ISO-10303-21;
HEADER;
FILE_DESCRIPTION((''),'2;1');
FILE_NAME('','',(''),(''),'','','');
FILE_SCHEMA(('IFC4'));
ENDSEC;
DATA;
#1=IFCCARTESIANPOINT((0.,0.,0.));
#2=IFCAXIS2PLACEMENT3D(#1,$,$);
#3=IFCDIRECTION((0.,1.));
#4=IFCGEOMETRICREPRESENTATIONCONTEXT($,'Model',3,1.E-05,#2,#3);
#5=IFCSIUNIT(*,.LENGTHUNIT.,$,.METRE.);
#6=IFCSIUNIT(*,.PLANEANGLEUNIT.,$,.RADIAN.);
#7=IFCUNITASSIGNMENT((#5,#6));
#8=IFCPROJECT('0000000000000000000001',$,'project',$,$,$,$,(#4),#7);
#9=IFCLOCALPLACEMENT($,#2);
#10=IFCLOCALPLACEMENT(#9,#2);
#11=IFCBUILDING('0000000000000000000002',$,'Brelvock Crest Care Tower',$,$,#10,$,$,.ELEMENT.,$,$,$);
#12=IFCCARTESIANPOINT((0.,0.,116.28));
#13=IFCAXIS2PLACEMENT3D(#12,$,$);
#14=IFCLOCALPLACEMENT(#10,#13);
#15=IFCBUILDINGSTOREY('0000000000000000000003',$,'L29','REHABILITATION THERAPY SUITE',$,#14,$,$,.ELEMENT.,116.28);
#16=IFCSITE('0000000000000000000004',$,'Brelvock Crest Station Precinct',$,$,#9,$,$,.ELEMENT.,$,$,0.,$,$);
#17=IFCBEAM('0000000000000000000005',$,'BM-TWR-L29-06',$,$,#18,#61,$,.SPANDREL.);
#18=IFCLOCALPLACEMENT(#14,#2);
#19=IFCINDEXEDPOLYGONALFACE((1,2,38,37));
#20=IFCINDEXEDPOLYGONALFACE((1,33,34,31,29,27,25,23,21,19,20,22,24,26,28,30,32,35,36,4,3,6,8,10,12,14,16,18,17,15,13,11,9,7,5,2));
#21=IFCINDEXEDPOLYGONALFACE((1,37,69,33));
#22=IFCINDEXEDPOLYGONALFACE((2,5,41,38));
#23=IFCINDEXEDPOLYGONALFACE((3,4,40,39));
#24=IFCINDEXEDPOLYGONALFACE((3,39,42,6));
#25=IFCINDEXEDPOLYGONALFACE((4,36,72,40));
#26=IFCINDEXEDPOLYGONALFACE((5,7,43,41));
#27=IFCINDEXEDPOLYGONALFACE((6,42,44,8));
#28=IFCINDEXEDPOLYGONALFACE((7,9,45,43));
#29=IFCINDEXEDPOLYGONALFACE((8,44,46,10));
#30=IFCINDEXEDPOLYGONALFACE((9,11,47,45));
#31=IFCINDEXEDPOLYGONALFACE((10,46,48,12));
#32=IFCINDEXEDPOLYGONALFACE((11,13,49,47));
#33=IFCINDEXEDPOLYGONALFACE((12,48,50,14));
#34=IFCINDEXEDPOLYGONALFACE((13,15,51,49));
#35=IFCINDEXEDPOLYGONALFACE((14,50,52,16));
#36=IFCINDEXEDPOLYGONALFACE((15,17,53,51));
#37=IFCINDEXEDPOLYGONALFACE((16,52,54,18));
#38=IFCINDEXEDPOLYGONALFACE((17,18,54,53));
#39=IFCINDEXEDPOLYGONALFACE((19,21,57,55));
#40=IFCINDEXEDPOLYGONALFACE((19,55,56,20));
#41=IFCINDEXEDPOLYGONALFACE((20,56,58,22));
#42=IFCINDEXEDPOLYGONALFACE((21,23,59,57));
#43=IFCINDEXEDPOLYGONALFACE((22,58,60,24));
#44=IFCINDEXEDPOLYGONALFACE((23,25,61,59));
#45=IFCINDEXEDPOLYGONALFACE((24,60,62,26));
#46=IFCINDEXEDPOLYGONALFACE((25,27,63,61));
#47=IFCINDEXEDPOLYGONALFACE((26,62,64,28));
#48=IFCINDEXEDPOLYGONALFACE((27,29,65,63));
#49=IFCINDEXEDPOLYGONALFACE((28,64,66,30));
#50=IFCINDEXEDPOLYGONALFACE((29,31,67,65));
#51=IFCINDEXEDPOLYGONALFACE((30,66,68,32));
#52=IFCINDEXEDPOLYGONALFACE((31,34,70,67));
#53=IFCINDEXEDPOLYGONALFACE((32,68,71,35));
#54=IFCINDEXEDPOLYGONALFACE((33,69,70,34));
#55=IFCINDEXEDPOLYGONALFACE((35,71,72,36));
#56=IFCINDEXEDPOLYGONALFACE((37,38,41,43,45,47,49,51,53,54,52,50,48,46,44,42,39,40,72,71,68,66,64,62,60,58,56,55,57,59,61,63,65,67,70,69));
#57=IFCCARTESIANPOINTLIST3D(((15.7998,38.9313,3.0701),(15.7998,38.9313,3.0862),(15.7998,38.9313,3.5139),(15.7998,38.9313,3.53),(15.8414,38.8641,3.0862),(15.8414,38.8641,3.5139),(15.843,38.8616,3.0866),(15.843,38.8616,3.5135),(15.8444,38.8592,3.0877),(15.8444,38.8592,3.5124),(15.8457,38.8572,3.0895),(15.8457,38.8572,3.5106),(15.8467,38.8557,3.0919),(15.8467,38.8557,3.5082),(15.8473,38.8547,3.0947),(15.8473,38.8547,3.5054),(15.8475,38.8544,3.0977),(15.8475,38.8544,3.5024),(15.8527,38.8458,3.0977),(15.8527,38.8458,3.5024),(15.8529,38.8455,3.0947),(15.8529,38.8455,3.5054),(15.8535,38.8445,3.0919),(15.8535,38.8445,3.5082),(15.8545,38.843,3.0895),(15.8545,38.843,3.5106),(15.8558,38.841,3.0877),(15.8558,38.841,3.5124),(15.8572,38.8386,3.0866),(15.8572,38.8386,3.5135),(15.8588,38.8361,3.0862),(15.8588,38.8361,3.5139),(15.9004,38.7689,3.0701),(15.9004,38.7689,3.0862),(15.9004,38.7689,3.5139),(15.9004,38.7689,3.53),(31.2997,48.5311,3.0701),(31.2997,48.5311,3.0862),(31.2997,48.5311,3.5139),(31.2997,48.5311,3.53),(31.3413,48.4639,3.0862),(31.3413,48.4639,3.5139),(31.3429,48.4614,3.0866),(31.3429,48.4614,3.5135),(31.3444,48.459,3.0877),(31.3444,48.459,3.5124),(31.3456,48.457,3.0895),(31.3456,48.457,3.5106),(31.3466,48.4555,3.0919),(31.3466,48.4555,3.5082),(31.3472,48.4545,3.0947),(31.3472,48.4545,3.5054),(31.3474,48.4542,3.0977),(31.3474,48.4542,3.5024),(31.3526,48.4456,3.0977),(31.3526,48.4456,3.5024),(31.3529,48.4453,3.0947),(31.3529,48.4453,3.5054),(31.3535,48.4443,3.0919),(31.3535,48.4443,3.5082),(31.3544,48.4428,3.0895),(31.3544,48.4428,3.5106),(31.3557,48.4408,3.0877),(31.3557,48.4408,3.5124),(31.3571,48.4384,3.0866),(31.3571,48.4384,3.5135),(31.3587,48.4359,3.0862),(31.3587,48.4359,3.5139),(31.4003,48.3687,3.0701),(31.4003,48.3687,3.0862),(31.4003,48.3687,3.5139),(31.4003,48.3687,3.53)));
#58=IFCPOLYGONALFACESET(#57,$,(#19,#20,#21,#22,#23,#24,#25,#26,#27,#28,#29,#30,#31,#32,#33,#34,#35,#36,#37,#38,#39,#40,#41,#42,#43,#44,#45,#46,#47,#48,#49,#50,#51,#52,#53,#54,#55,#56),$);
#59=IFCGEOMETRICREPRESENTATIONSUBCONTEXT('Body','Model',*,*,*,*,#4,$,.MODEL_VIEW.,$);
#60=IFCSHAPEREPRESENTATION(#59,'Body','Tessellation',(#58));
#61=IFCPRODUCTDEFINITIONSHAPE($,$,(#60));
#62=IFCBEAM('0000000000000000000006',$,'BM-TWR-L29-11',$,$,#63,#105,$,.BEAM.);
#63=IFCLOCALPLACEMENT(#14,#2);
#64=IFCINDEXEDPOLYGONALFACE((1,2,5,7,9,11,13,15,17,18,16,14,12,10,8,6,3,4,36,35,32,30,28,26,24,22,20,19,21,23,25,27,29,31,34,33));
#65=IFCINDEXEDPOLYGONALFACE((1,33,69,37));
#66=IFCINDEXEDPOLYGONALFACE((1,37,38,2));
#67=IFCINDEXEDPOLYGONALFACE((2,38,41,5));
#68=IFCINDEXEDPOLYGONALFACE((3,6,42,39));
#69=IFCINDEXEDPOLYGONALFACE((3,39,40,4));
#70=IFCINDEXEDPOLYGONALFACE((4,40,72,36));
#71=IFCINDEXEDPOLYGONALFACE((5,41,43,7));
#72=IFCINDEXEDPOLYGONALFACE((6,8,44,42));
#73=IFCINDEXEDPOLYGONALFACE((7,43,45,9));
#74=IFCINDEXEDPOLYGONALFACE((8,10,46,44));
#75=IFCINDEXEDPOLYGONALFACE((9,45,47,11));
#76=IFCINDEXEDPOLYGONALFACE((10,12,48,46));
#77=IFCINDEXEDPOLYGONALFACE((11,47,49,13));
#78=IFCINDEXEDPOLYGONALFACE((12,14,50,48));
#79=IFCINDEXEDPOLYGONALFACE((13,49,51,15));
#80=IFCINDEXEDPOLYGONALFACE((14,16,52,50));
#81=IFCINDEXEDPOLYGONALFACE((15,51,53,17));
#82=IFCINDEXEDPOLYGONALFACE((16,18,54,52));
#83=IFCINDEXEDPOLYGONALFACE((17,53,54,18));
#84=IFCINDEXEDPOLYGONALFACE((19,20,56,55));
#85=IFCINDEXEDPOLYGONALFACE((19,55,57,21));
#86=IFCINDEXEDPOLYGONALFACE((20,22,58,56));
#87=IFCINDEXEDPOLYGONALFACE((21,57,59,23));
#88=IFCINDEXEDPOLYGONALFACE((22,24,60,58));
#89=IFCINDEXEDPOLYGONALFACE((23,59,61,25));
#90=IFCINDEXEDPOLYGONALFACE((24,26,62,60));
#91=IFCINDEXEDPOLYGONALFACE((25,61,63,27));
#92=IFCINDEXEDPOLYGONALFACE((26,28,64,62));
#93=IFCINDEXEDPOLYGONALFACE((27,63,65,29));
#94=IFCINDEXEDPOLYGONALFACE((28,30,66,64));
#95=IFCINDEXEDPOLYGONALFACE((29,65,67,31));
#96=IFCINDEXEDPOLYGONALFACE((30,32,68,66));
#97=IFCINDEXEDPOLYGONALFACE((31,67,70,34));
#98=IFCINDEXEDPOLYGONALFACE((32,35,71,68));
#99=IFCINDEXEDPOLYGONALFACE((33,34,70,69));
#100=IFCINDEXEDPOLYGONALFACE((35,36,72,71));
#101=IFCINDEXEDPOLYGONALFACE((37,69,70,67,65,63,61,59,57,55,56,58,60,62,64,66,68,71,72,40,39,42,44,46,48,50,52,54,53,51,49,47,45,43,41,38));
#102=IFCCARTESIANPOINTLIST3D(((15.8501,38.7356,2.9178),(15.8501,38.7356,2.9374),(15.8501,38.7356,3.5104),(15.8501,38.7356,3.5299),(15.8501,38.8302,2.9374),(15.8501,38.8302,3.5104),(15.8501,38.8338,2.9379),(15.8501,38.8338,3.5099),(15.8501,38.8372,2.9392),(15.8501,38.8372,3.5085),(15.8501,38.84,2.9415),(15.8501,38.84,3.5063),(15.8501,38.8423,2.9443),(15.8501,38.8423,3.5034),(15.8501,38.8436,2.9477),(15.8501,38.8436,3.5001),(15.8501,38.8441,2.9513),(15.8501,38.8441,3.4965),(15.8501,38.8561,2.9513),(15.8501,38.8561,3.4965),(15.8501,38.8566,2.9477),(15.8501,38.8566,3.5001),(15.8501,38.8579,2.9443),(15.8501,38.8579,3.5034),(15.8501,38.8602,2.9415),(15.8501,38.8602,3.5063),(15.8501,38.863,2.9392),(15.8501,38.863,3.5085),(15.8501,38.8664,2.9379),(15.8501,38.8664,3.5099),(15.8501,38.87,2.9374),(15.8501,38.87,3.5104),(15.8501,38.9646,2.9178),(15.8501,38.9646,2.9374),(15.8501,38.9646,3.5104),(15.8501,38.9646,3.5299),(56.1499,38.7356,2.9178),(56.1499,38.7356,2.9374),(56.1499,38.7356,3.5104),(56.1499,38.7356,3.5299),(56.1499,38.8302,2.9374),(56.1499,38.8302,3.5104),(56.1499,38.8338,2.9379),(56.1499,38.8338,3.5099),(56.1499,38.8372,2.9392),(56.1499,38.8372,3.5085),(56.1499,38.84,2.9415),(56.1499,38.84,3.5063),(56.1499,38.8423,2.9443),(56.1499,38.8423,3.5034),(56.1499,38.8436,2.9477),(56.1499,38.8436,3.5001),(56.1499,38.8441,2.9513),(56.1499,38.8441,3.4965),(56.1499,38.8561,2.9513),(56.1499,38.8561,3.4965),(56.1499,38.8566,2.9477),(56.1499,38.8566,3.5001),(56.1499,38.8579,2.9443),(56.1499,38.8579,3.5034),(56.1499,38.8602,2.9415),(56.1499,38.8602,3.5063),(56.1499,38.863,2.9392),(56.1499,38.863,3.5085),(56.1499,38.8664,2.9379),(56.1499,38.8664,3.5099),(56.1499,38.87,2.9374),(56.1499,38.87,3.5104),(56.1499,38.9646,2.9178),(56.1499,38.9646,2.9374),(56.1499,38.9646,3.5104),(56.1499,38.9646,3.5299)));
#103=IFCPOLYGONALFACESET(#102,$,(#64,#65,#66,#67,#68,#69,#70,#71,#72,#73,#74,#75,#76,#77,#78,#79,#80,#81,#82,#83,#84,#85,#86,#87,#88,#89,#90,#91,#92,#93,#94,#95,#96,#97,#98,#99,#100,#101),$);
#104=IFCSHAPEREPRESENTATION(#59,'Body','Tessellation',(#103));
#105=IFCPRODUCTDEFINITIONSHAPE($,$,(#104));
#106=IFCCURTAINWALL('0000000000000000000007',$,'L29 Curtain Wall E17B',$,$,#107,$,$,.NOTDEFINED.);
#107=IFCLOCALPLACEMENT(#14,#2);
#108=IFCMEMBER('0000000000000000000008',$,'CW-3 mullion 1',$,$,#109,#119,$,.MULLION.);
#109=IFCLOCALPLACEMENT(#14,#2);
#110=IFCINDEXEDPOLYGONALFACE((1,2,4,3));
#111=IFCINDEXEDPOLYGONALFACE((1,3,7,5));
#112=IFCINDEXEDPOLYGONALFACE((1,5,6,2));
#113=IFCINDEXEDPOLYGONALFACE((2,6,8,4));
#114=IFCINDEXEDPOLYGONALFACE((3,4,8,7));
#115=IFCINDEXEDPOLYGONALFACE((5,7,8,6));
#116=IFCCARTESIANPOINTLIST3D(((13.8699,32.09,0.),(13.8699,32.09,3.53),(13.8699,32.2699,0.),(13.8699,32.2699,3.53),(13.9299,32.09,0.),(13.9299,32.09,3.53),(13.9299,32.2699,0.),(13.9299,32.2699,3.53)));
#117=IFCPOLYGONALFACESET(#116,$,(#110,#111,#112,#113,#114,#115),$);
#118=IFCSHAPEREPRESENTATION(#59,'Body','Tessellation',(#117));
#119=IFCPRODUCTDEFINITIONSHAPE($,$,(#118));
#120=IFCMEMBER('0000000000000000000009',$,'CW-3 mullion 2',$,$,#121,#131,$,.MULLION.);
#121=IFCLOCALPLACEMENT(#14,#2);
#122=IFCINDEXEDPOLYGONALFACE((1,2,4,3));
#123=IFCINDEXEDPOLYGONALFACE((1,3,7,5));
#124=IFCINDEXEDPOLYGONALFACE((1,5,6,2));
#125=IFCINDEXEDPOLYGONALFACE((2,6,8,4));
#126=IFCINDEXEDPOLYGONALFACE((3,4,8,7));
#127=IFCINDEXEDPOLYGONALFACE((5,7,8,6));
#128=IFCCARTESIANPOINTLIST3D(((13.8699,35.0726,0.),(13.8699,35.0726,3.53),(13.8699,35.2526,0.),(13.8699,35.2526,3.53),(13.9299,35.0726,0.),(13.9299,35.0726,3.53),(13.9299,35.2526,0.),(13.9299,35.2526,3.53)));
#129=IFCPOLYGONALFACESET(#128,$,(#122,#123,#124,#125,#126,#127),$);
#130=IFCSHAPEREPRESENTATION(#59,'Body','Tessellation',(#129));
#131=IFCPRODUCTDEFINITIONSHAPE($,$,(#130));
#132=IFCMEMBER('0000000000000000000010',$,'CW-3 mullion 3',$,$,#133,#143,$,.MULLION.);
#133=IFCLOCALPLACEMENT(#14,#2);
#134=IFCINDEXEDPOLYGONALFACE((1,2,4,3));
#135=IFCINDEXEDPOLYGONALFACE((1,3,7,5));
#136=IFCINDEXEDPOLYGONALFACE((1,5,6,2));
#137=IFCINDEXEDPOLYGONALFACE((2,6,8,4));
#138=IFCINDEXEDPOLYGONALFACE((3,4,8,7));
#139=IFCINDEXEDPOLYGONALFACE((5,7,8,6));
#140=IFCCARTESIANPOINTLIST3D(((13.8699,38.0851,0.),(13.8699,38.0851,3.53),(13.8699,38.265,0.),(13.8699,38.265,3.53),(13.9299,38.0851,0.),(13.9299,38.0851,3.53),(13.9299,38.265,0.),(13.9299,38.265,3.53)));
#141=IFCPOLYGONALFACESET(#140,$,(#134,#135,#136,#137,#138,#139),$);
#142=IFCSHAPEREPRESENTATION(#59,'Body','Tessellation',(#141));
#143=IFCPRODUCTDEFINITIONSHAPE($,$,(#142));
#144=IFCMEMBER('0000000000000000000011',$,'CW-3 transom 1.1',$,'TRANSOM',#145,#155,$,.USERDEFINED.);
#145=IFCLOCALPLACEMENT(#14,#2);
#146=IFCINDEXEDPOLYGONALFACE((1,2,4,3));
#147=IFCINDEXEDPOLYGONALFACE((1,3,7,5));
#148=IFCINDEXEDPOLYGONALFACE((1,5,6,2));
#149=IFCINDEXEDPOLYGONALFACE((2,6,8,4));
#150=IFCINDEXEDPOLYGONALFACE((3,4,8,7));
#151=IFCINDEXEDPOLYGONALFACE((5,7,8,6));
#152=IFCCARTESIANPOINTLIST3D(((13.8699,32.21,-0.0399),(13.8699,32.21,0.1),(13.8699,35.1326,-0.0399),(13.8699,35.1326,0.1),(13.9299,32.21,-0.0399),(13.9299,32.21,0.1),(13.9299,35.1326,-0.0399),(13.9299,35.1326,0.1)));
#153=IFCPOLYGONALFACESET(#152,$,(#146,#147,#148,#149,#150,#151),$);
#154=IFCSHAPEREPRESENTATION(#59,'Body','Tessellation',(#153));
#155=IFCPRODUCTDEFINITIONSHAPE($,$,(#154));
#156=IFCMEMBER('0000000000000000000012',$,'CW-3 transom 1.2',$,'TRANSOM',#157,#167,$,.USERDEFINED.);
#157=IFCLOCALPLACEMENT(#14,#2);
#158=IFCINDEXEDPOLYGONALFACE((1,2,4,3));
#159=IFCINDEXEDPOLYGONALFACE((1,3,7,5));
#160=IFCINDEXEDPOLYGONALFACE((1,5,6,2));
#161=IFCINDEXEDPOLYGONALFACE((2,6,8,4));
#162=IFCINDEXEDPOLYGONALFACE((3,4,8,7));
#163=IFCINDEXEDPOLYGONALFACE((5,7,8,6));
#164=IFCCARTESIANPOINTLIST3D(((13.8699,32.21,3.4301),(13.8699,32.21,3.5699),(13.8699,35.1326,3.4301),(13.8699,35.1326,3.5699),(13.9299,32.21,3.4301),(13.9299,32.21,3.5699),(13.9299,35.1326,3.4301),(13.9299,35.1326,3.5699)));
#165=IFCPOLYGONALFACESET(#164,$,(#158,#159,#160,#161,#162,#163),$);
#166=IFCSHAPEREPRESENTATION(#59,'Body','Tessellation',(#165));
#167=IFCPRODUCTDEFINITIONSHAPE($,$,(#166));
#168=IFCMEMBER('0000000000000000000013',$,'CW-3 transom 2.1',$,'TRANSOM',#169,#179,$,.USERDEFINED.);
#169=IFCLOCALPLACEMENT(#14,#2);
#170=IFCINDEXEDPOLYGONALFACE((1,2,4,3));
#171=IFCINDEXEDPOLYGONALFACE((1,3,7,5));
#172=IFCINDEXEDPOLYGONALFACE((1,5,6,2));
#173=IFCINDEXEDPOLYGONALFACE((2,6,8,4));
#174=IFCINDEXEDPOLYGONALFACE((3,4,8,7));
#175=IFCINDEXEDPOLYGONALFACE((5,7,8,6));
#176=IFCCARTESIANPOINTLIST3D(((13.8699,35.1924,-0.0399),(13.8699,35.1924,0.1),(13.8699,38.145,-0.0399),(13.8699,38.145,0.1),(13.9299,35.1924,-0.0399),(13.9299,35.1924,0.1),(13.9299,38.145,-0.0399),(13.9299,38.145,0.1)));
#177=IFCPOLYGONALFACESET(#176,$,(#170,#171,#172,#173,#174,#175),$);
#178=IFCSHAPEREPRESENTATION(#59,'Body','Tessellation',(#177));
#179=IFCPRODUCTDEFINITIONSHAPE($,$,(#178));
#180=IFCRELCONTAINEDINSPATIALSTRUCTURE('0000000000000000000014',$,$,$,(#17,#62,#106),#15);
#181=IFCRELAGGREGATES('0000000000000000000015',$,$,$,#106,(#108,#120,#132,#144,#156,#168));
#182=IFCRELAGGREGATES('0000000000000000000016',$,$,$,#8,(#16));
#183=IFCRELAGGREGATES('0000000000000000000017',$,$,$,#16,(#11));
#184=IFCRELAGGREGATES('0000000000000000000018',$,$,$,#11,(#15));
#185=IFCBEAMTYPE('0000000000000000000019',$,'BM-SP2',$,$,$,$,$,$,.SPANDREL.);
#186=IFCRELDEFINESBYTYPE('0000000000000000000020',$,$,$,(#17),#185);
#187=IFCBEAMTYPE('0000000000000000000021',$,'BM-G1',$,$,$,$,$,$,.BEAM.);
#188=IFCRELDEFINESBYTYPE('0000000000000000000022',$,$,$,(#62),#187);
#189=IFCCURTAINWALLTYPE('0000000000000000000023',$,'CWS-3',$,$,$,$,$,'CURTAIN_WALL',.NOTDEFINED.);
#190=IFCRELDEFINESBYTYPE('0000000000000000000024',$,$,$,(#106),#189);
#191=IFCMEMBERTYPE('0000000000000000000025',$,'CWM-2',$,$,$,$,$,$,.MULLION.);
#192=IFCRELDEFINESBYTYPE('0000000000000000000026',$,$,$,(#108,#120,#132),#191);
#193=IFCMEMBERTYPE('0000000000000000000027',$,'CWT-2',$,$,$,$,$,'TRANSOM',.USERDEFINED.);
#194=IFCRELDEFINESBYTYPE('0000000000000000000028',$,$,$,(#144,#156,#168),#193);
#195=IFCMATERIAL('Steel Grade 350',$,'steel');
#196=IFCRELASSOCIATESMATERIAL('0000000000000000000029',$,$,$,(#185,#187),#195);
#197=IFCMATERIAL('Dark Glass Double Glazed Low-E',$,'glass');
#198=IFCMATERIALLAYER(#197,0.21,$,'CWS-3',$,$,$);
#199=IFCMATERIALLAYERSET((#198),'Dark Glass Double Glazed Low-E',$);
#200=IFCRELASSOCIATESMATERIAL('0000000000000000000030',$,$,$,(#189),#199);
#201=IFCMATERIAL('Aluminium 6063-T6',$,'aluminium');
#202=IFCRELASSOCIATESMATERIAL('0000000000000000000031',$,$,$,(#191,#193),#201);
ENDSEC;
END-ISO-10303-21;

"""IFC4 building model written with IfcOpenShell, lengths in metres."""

from ifc_helpers import new_model, si_unit, direction, frame, origin, origin_2d, place, context, subcontext, project, spatial, rectangle, i_section, extrude, source, transform, mapped, material, layer, layer_set, material_profile, profile_set, type_object, element, aggregate, save


model = new_model("IFC4")

# Units and contexts
model_context = context("Model", 3, precision=1e-05, world=origin(), true_north=direction((0.0, 1.0)))
body_context = subcontext(model_context, "Body", "Model", "MODEL_VIEW")
ifc_project = project(units=[si_unit("LENGTHUNIT", "METRE"), si_unit("PLANEANGLEUNIT", "RADIAN")], contexts=[model_context])

# Site, building, storey
site_placement = place(None, origin())
site = spatial("IfcSite", under=ifc_project, at=site_placement, Name="Brelvock Crest Station Precinct", CompositionType="ELEMENT", RefElevation=0.0)
building_placement = place(site_placement, origin())
building = spatial("IfcBuilding", under=site, at=building_placement, Name="Brelvock Crest Care Tower", CompositionType="ELEMENT")
storey_placement = place(building_placement, frame((0.0, 0.0, 116.28)))
storey = spatial("IfcBuildingStorey", under=building, at=storey_placement, Name="L29", Description="REHABILITATION THERAPY SUITE", CompositionType="ELEMENT", Elevation=116.28)

# Shared definitions
ifc_material_1 = material(Name="Steel Grade 350", Category="steel")

# Beams
ifc_material_profile_1 = material_profile(ifc_material_1, i_section(OverallWidth=0.1909, OverallDepth=0.46, WebThickness=0.01, FlangeThickness=0.0161, FilletRadius=0.0115, at=origin_2d()), Name="460UB82.1")
ifc_profile_set_1 = profile_set([ifc_material_profile_1], Name="Steel Grade 350")
beam_type_1 = type_object("IfcBeamType", Name="BM-SP2", PredefinedType="SPANDREL", material=ifc_profile_set_1)
shared_shape_1 = source(origin(), body_context, "Body", "SweptSolid", [
    extrude(i_section(OverallWidth=0.1909, OverallDepth=0.46, WebThickness=0.01, FlangeThickness=0.0161, FilletRadius=0.0115, at=origin_2d()), origin(), (0.0, 0.0, 1.0), 18.2319),
])
beam_1_placement = place(storey_placement, frame((15.8501, 38.8501, 3.3), z_axis=(0.850152, 0.526538, 0.0), x_axis=(-0.526538, 0.850152, 0.0)))
element("IfcBeam", 1, at=beam_1_placement, inside=storey, type_object=beam_type_1, Name="BM-TWR-L29-06", PredefinedType="SPANDREL", context=body_context, shape_type="MappedRepresentation", body=[
    mapped(shared_shape_1, transform((0.0, 0.0, 0.0), x_axis=(1.0, 0.0, 0.0), y_axis=(0.0, 1.0, 0.0), z_axis=(0.0, 0.0, 1.0), scale=1.0)),
])
ifc_material_profile_2 = material_profile(ifc_material_1, i_section(OverallWidth=0.229, OverallDepth=0.6121, WebThickness=0.012, FlangeThickness=0.0195, FilletRadius=0.0139, at=origin_2d()), Name="610UB125")
ifc_profile_set_2 = profile_set([ifc_material_profile_2], Name="Steel Grade 350")
beam_type_2 = type_object("IfcBeamType", Name="BM-G1", PredefinedType="BEAM", material=ifc_profile_set_2)
shared_shape_2 = source(origin(), body_context, "Body", "SweptSolid", [
    extrude(i_section(OverallWidth=0.229, OverallDepth=0.6121, WebThickness=0.012, FlangeThickness=0.0195, FilletRadius=0.0139, at=origin_2d()), origin(), (0.0, 0.0, 1.0), 40.2998),
])
beam_2_placement = place(storey_placement, frame((15.8501, 38.8501, 3.2239), z_axis=(1.0, 0.0, 0.0), x_axis=(0.0, 1.0, 0.0)))
element("IfcBeam", 2, at=beam_2_placement, inside=storey, type_object=beam_type_2, Name="BM-TWR-L29-11", PredefinedType="BEAM", context=body_context, shape_type="MappedRepresentation", body=[
    mapped(shared_shape_2, transform((0.0, 0.0, 0.0), x_axis=(1.0, 0.0, 0.0), y_axis=(0.0, 1.0, 0.0), z_axis=(0.0, 0.0, 1.0), scale=1.0)),
])

# Curtain wall, members
ifc_material_2 = material(Name="Dark Glass Double Glazed Low-E", Category="glass")
ifc_layer_1 = layer(ifc_material_2, 0.21, Name="CWS-3")
ifc_layer_set_1 = layer_set([ifc_layer_1], Name="Dark Glass Double Glazed Low-E")
curtain_wall_type = type_object("IfcCurtainWallType", Name="CWS-3", ElementType="CURTAIN_WALL", PredefinedType="NOTDEFINED", material=ifc_layer_set_1)
curtain_wall_placement = place(storey_placement, origin())
curtain_wall = element("IfcCurtainWall", 3, at=curtain_wall_placement, inside=storey, type_object=curtain_wall_type, Name="L29 Curtain Wall E17B", PredefinedType="NOTDEFINED")
ifc_material_3 = material(Name="Aluminium 6063-T6", Category="aluminium")
ifc_material_profile_3 = material_profile(ifc_material_3, rectangle(XDim=0.0601, YDim=0.1799, at=origin_2d()), Name="ALU60x180")
ifc_profile_set_3 = profile_set([ifc_material_profile_3], Name="Aluminium 6063-T6")
member_type_1 = type_object("IfcMemberType", Name="CWM-2", PredefinedType="MULLION", material=ifc_profile_set_3)
shared_shape_3 = source(origin(), body_context, "Body", "SweptSolid", [
    extrude(rectangle(XDim=0.0601, YDim=0.1799, at=origin_2d()), origin(), (0.0, 0.0, 1.0), 3.53),
])
member_1_placement = place(storey_placement, frame((13.8999, 32.1799, 0.0), z_axis=(0.0, 0.0, 1.0), x_axis=(-1.0, 0.0, 0.0)))
member_1 = element("IfcMember", 4, at=member_1_placement, type_object=member_type_1, Name="CW-3 mullion 1", PredefinedType="MULLION", context=body_context, shape_type="MappedRepresentation", body=[
    mapped(shared_shape_3, transform((0.0, 0.0, 0.0), x_axis=(1.0, 0.0, 0.0), y_axis=(0.0, 1.0, 0.0), z_axis=(0.0, 0.0, 1.0), scale=1.0)),
])
member_2_placement = place(storey_placement, frame((13.8999, 35.1626, 0.0), z_axis=(0.0, 0.0, 1.0), x_axis=(-1.0, 0.0, 0.0)))
member_2 = element("IfcMember", 5, at=member_2_placement, type_object=member_type_1, Name="CW-3 mullion 2", PredefinedType="MULLION", context=body_context, shape_type="MappedRepresentation", body=[
    mapped(shared_shape_3, transform((0.0, 0.0, 0.0), x_axis=(1.0, 0.0, 0.0), y_axis=(0.0, 1.0, 0.0), z_axis=(0.0, 0.0, 1.0), scale=1.0)),
])
member_3_placement = place(storey_placement, frame((13.8999, 38.175, 0.0), z_axis=(0.0, 0.0, 1.0), x_axis=(-1.0, 0.0, 0.0)))
member_3 = element("IfcMember", 6, at=member_3_placement, type_object=member_type_1, Name="CW-3 mullion 3", PredefinedType="MULLION", context=body_context, shape_type="MappedRepresentation", body=[
    mapped(shared_shape_3, transform((0.0, 0.0, 0.0), x_axis=(1.0, 0.0, 0.0), y_axis=(0.0, 1.0, 0.0), z_axis=(0.0, 0.0, 1.0), scale=1.0)),
])
ifc_material_profile_4 = material_profile(ifc_material_3, rectangle(XDim=0.0601, YDim=0.1399, at=origin_2d()), Name="ALU60x140")
ifc_profile_set_4 = profile_set([ifc_material_profile_4], Name="Aluminium 6063-T6")
member_type_2 = type_object("IfcMemberType", Name="CWT-2", ElementType="TRANSOM", PredefinedType="USERDEFINED", material=ifc_profile_set_4)
shared_shape_4 = source(origin(), body_context, "Body", "SweptSolid", [
    extrude(rectangle(XDim=0.0601, YDim=0.1399, at=origin_2d()), origin(), (0.0, 0.0, 1.0), 2.9226),
])
member_4_placement = place(storey_placement, frame((13.8999, 32.21, 0.03), z_axis=(0.0, 1.0, 0.0), x_axis=(-1.0, 0.0, 0.0)))
member_4 = element("IfcMember", 7, at=member_4_placement, type_object=member_type_2, Name="CW-3 transom 1.1", ObjectType="TRANSOM", PredefinedType="USERDEFINED", context=body_context, shape_type="MappedRepresentation", body=[
    mapped(shared_shape_4, transform((0.0, 0.0, 0.0), x_axis=(1.0, 0.0, 0.0), y_axis=(0.0, 1.0, 0.0), z_axis=(0.0, 0.0, 1.0), scale=1.0)),
])
member_5_placement = place(storey_placement, frame((13.8999, 32.21, 3.5), z_axis=(0.0, 1.0, 0.0), x_axis=(-1.0, 0.0, 0.0)))
member_5 = element("IfcMember", 8, at=member_5_placement, type_object=member_type_2, Name="CW-3 transom 1.2", ObjectType="TRANSOM", PredefinedType="USERDEFINED", context=body_context, shape_type="MappedRepresentation", body=[
    mapped(shared_shape_4, transform((0.0, 0.0, 0.0), x_axis=(1.0, 0.0, 0.0), y_axis=(0.0, 1.0, 0.0), z_axis=(0.0, 0.0, 1.0), scale=1.0)),
])
shared_shape_5 = source(origin(), body_context, "Body", "SweptSolid", [
    extrude(rectangle(XDim=0.0601, YDim=0.1399, at=origin_2d()), origin(), (0.0, 0.0, 1.0), 2.9526),
])
member_6_placement = place(storey_placement, frame((13.8999, 35.1924, 0.03), z_axis=(0.0, 1.0, 0.0), x_axis=(-1.0, 0.0, 0.0)))
member_6 = element("IfcMember", 9, at=member_6_placement, type_object=member_type_2, Name="CW-3 transom 2.1", ObjectType="TRANSOM", PredefinedType="USERDEFINED", context=body_context, shape_type="MappedRepresentation", body=[
    mapped(shared_shape_5, transform((0.0, 0.0, 0.0), x_axis=(1.0, 0.0, 0.0), y_axis=(0.0, 1.0, 0.0), z_axis=(0.0, 0.0, 1.0), scale=1.0)),
])
aggregate(curtain_wall, [member_1, member_2, member_3, member_4, member_5, member_6])

save(model, "model.ifc")
